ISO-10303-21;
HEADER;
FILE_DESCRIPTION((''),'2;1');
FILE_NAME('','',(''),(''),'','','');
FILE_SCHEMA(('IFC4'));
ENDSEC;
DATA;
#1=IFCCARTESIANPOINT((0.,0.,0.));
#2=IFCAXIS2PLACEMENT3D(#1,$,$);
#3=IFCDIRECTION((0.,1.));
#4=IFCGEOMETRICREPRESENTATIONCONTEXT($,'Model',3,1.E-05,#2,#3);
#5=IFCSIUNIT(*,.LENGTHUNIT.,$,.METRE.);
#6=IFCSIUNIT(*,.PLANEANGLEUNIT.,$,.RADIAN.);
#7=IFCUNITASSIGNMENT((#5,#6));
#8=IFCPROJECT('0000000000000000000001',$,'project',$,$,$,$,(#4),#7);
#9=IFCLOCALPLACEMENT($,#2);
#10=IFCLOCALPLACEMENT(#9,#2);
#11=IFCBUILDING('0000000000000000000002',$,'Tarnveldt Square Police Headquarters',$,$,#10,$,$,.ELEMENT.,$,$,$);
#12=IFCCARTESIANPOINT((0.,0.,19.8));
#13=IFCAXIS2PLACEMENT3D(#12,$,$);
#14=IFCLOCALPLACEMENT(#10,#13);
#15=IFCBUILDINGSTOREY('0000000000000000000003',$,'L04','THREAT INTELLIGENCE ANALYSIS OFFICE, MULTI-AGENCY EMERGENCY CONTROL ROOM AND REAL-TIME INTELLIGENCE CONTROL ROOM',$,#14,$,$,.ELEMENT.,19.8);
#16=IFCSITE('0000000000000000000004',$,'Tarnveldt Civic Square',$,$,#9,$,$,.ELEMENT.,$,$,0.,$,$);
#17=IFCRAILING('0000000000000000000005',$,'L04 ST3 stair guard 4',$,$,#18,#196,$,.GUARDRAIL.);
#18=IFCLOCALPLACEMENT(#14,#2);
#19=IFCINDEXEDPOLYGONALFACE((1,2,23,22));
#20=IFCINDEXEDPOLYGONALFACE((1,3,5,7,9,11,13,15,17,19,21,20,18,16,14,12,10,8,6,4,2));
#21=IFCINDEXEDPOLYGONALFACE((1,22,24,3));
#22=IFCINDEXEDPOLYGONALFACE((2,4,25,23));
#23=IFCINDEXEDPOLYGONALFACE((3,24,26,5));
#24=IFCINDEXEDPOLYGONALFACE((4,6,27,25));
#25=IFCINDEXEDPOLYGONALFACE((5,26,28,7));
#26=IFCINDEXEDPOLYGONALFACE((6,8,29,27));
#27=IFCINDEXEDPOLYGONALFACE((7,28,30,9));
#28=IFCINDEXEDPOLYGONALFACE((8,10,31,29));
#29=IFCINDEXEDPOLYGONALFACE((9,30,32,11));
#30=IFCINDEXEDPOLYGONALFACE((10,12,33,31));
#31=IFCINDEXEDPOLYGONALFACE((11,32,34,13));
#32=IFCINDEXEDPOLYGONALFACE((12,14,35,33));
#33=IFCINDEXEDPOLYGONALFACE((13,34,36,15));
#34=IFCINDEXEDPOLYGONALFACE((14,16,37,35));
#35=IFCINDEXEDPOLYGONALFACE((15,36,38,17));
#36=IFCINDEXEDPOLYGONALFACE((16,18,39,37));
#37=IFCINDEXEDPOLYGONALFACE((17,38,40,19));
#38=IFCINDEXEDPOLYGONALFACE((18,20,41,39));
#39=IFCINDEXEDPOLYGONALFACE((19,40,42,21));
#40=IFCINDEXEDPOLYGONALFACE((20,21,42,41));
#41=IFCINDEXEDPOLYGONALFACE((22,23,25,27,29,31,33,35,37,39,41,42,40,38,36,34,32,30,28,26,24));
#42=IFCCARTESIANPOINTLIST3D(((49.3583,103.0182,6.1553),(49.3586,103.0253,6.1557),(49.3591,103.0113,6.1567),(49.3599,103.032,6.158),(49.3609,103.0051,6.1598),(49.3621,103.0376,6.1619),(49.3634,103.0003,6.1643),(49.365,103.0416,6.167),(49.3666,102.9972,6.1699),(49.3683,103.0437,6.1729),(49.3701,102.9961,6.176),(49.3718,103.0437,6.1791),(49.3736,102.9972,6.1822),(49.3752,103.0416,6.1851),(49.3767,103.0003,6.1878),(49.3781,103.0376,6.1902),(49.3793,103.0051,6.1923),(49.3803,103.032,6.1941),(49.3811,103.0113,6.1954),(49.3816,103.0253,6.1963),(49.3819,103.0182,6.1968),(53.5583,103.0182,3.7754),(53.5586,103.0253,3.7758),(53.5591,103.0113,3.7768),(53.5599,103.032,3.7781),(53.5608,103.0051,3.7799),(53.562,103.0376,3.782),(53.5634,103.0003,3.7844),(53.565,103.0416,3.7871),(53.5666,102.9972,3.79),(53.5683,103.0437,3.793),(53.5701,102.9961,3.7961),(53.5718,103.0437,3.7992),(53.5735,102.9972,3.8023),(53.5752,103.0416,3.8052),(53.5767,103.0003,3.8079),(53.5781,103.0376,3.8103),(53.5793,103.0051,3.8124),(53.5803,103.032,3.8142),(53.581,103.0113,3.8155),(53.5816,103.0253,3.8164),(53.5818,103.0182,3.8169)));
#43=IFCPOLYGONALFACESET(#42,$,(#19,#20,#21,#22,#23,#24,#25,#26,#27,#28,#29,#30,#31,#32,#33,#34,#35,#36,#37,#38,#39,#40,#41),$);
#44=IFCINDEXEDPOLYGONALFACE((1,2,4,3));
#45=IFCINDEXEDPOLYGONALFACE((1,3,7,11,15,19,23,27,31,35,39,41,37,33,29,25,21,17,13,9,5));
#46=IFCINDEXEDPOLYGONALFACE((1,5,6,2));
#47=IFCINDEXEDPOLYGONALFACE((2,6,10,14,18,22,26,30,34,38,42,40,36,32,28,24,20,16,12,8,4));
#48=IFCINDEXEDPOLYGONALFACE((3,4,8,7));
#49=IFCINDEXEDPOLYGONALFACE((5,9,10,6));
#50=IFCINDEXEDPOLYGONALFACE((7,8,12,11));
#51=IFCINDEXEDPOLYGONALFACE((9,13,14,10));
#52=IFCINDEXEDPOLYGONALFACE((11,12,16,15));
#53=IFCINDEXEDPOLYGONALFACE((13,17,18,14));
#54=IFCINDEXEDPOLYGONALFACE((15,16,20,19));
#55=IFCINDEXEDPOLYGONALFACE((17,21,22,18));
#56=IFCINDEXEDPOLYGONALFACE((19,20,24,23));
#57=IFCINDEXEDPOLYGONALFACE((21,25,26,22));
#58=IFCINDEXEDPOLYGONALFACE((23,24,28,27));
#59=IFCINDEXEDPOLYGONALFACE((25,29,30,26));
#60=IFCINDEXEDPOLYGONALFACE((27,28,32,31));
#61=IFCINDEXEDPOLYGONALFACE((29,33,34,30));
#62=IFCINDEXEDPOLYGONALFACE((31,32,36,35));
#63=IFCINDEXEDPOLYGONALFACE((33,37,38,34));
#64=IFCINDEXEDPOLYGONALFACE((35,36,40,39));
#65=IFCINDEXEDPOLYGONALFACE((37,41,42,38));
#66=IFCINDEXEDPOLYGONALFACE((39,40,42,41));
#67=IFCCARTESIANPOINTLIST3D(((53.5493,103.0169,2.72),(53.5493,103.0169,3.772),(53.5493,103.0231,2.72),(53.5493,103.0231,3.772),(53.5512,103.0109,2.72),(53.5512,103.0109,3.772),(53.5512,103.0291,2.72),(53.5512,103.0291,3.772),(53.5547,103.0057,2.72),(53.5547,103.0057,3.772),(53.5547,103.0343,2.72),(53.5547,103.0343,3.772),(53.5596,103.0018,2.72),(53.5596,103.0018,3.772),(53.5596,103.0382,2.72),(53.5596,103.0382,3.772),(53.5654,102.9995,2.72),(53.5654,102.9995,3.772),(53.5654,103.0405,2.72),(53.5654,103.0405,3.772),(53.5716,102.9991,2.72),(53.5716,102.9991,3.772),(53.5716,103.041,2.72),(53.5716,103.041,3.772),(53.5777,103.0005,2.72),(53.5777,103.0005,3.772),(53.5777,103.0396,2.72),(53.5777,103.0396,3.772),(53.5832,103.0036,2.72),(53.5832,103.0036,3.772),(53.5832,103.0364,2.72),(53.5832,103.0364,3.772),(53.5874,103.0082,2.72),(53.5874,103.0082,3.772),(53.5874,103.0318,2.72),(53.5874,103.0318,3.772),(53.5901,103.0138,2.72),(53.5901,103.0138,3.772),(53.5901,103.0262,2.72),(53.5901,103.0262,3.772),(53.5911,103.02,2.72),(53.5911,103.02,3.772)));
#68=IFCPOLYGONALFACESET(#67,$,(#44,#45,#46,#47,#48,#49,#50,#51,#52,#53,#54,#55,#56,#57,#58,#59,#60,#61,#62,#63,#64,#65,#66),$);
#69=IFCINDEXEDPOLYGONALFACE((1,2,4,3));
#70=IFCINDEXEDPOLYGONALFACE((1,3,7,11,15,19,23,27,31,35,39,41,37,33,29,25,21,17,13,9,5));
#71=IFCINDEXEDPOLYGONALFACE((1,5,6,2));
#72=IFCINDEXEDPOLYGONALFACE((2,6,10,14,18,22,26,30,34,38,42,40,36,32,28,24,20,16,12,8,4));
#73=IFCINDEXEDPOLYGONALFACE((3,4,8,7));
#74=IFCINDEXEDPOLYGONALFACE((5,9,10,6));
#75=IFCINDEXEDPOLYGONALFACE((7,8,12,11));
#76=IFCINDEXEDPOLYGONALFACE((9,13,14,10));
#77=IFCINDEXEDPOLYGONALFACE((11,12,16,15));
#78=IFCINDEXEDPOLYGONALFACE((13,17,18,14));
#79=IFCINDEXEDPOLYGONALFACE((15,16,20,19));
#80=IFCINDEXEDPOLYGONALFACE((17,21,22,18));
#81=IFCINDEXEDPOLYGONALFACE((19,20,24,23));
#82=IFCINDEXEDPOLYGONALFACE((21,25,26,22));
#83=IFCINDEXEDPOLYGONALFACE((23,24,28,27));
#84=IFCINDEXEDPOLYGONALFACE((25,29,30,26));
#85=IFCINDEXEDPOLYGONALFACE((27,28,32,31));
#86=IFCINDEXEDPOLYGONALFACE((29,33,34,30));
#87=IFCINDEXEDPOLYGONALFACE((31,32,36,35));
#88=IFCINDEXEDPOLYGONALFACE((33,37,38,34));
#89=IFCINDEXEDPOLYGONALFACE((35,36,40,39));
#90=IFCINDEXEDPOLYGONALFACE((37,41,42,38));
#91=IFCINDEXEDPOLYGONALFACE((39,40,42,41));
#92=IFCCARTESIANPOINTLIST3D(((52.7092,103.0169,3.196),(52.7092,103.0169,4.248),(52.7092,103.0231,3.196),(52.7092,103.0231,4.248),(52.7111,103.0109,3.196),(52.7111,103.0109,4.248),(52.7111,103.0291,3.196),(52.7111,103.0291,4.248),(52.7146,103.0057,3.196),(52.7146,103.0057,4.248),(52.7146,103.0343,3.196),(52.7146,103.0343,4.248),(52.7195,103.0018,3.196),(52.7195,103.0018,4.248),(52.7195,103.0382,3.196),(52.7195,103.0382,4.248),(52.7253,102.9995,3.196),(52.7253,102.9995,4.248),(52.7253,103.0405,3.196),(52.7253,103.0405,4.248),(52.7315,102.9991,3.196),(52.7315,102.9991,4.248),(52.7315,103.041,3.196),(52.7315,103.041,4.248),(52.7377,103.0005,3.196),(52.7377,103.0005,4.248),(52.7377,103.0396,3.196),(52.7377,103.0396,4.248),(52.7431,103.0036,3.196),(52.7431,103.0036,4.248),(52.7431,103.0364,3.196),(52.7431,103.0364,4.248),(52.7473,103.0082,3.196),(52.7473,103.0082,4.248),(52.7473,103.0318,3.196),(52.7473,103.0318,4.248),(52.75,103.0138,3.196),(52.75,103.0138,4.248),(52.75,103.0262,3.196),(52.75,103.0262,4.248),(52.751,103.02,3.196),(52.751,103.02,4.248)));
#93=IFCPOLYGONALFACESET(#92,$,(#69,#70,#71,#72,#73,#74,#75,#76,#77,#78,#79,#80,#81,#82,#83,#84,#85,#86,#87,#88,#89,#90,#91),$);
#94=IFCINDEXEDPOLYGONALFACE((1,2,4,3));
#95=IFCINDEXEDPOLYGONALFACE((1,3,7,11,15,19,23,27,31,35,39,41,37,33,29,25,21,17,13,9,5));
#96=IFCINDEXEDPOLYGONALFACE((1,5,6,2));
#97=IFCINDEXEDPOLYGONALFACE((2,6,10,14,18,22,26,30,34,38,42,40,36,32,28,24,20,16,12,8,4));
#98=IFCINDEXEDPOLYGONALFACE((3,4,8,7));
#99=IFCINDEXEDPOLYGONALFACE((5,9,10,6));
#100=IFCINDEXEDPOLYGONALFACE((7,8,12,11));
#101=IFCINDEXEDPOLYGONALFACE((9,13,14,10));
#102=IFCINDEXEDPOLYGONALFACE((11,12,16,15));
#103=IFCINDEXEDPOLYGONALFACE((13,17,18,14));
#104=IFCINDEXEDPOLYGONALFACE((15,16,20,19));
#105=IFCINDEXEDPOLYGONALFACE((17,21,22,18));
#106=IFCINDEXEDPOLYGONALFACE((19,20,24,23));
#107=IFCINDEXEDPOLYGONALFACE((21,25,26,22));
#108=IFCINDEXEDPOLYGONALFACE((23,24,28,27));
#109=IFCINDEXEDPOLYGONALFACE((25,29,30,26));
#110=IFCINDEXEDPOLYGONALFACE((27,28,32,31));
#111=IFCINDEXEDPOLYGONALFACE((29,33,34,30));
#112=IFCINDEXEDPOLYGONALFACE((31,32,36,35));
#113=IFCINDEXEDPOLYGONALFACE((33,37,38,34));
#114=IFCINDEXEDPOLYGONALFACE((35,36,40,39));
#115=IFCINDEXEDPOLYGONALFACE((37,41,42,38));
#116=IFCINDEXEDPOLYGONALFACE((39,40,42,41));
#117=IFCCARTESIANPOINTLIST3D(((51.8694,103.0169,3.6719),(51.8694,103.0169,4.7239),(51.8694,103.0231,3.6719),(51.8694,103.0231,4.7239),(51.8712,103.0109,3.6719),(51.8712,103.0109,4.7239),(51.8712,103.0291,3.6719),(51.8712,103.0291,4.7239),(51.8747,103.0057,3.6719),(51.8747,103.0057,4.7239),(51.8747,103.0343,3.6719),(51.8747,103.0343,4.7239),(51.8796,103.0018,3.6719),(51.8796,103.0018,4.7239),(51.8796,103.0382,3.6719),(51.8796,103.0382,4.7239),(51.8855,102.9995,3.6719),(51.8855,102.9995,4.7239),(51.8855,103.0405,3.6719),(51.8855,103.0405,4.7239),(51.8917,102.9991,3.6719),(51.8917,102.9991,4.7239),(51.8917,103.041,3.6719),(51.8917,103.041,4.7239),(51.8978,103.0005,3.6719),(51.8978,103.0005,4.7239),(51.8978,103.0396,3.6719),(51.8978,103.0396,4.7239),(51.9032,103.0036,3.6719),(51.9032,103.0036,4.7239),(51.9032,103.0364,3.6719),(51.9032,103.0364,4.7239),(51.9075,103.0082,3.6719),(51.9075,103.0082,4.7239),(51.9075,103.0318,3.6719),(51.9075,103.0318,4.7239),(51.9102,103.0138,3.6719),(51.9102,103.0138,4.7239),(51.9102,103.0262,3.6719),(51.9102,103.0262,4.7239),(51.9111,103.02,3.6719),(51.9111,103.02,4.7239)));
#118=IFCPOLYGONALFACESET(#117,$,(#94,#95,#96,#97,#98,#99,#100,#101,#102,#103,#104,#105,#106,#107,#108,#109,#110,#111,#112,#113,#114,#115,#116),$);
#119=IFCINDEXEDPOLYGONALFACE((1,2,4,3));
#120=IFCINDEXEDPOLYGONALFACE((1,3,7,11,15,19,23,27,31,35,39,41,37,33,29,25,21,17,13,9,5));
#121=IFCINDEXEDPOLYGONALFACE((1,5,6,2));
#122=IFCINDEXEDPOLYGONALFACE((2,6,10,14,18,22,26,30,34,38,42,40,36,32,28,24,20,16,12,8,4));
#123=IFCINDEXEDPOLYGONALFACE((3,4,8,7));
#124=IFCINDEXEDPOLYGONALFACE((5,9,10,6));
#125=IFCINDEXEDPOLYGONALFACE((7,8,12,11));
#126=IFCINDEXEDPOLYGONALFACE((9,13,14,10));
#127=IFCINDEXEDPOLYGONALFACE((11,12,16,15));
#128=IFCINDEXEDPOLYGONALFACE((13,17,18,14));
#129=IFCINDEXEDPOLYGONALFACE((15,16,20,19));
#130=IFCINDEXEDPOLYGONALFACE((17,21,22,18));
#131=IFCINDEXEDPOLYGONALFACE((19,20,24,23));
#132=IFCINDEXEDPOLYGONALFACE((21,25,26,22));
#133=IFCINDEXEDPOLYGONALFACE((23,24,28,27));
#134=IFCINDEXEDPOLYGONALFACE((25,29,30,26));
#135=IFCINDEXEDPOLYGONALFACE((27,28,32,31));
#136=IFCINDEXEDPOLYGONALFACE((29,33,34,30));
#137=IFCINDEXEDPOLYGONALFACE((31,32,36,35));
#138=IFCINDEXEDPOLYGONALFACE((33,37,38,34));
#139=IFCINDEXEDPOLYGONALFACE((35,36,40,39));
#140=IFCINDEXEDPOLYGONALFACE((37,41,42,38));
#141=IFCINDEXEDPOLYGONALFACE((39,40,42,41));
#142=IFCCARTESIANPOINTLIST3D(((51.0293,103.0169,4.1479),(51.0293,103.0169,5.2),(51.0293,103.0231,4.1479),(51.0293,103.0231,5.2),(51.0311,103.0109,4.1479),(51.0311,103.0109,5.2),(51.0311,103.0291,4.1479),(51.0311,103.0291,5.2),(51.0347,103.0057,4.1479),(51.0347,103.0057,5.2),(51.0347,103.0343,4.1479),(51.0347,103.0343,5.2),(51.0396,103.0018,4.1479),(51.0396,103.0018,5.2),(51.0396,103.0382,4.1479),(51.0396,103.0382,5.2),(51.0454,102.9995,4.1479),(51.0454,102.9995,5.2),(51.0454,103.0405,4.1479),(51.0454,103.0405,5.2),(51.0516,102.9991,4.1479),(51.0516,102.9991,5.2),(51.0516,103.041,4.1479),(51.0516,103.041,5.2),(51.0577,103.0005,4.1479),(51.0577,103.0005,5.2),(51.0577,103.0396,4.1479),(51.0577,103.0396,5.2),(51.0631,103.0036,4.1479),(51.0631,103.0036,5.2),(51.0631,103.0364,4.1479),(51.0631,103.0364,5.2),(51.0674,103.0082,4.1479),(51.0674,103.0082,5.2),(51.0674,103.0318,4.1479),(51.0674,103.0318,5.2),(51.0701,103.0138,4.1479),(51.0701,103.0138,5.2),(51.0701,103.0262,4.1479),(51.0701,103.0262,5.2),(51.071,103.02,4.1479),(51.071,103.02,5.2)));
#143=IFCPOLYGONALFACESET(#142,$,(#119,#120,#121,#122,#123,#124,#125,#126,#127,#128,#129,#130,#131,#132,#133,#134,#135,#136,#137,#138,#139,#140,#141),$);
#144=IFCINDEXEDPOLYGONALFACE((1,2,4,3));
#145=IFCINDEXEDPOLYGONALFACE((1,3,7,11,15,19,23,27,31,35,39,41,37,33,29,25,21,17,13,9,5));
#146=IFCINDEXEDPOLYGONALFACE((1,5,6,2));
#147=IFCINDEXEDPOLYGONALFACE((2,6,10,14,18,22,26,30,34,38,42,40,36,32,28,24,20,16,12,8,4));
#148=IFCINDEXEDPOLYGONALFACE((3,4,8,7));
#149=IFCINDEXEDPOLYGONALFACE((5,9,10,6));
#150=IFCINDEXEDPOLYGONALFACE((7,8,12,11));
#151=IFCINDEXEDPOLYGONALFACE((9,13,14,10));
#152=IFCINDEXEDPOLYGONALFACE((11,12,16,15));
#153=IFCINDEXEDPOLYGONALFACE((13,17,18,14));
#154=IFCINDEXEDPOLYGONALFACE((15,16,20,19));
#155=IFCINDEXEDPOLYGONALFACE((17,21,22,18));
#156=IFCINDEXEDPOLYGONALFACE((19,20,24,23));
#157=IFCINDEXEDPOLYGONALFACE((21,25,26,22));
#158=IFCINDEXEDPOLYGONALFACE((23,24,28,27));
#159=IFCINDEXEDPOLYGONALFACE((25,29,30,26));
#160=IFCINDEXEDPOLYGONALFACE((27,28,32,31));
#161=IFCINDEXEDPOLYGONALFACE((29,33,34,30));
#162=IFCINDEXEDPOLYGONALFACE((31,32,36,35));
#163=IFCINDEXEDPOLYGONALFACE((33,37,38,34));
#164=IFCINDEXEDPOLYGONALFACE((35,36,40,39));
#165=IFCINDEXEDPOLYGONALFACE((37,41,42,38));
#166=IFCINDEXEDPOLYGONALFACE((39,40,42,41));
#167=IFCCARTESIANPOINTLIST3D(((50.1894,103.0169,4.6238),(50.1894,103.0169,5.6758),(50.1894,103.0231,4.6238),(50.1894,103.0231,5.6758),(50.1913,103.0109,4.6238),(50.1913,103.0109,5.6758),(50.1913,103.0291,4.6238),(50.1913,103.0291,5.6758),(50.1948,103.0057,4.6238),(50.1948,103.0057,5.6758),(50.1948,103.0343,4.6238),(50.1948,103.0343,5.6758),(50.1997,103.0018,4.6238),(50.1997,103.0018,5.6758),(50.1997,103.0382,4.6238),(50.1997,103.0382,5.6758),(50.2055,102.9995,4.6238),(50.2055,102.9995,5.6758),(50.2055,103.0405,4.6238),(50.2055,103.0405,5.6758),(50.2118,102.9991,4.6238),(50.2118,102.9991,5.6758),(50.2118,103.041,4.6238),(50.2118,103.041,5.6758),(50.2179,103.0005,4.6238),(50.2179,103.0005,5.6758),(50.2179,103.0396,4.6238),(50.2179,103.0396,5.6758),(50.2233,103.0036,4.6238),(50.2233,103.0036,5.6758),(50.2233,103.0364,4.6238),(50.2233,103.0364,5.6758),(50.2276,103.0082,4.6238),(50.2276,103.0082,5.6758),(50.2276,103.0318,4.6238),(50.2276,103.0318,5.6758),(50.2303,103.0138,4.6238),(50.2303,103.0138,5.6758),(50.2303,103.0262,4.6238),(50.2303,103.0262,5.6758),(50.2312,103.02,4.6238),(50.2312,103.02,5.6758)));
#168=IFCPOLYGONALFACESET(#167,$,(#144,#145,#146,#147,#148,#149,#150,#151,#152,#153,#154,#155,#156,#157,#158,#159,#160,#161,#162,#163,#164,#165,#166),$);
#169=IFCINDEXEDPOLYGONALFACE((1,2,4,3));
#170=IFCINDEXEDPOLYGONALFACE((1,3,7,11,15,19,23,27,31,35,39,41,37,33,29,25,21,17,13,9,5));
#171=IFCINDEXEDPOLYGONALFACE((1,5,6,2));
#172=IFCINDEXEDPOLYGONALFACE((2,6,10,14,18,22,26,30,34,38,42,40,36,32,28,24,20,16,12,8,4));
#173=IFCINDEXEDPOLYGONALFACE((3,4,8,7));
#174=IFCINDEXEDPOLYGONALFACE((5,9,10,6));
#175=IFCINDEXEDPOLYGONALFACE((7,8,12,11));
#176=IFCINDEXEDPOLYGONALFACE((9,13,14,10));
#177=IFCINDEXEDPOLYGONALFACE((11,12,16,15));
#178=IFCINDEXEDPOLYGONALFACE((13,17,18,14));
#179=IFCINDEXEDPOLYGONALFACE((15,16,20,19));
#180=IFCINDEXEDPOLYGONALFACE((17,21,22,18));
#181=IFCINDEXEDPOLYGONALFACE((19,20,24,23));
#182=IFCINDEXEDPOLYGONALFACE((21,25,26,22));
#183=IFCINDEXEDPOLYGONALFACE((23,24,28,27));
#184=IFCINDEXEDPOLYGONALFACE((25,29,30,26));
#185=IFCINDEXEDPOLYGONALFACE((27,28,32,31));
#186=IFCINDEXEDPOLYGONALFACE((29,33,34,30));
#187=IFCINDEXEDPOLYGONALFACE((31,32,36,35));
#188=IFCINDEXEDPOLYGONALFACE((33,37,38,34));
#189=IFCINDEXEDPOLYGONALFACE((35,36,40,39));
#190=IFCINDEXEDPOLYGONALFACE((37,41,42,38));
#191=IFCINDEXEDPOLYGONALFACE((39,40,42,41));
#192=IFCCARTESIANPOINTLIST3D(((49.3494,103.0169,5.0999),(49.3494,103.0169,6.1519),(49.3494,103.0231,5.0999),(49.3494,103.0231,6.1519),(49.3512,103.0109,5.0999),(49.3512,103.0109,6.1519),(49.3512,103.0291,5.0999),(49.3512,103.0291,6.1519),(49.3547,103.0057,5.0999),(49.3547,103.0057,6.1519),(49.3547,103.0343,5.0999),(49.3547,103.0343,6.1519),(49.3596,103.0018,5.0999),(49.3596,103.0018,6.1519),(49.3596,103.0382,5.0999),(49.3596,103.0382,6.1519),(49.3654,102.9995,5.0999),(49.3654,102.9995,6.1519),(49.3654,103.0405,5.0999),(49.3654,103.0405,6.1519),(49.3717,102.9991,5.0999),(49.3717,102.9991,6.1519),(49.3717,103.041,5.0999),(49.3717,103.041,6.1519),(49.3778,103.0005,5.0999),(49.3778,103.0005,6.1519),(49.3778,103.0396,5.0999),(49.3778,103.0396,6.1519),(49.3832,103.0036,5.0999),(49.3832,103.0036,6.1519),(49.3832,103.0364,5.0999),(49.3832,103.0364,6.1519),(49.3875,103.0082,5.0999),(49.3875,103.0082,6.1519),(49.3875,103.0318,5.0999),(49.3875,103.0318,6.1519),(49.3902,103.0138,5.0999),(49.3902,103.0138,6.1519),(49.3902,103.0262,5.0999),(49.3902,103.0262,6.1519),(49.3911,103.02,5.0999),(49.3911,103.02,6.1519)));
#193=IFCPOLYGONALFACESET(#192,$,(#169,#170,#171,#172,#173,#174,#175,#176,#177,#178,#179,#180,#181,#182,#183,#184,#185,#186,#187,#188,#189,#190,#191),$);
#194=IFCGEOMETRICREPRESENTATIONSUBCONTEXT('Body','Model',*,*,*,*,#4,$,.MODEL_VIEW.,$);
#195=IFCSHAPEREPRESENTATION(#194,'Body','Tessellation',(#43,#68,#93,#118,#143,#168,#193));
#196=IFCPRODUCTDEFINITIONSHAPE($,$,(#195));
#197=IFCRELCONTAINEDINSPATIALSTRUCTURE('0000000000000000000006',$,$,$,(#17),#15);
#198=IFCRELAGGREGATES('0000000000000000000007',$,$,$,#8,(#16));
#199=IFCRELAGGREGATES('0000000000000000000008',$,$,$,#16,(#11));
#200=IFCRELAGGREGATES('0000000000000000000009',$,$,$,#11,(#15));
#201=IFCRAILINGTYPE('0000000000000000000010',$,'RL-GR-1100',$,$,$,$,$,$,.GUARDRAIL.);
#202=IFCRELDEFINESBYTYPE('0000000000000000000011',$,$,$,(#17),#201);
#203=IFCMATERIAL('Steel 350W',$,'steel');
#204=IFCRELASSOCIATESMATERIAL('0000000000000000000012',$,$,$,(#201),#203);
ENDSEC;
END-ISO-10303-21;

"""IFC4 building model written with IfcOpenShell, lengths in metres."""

from ifc_helpers import new_model, si_unit, direction, frame, origin, origin_2d, place, context, subcontext, project, spatial, circle, extrude, material, type_object, element, save


model = new_model("IFC4")

# Units and contexts
model_context = context("Model", 3, precision=1e-05, world=origin(), true_north=direction((0.0, 1.0)))
body_context = subcontext(model_context, "Body", "Model", "MODEL_VIEW")
ifc_project = project(units=[si_unit("LENGTHUNIT", "METRE"), si_unit("PLANEANGLEUNIT", "RADIAN")], contexts=[model_context])

# Site, building, storey
site_placement = place(None, origin())
site = spatial("IfcSite", under=ifc_project, at=site_placement, Name="Tarnveldt Civic Square", CompositionType="ELEMENT", RefElevation=0.0)
building_placement = place(site_placement, origin())
building = spatial("IfcBuilding", under=site, at=building_placement, Name="Tarnveldt Square Police Headquarters", CompositionType="ELEMENT")
storey_placement = place(building_placement, frame((0.0, 0.0, 19.8)))
storey = spatial("IfcBuildingStorey", under=building, at=storey_placement, Name="L04", Description="THREAT INTELLIGENCE ANALYSIS OFFICE, MULTI-AGENCY EMERGENCY CONTROL ROOM AND REAL-TIME INTELLIGENCE CONTROL ROOM", CompositionType="ELEMENT", Elevation=19.8)

# Shared definitions
ifc_material_1 = material(Name="Steel 350W", Category="steel")

# Railing
railing_type_1 = type_object("IfcRailingType", Name="RL-GR-1100", PredefinedType="GUARDRAIL", material=ifc_material_1)
railing_1_placement = place(storey_placement, frame((53.5701, 103.02, 2.72)))
element("IfcRailing", 1, at=railing_1_placement, inside=storey, type_object=railing_type_1, Name="L04 ST3 stair guard 4", PredefinedType="GUARDRAIL", context=body_context, shape_type="SweptSolid", body=[
    extrude(circle(Radius=0.0239, at=origin_2d()), frame((0.0, 0.0, 1.0762), z_axis=(-0.87003, 0.0, 0.492999), x_axis=(0.0, -1.0, 0.0)), (0.0, 0.0, 1.0), 4.8274),
    extrude(circle(Radius=0.021, at=origin_2d()), origin(), (0.0, 0.0, 1.0), 1.052),
    extrude(circle(Radius=0.021, at=origin_2d()), frame((-0.8401, 0.0, 0.4761)), (0.0, 0.0, 1.0), 1.052),
    extrude(circle(Radius=0.021, at=origin_2d()), frame((-1.6799, 0.0, 0.9519)), (0.0, 0.0, 1.0), 1.052),
    extrude(circle(Radius=0.021, at=origin_2d()), frame((-2.52, 0.0, 1.428)), (0.0, 0.0, 1.0), 1.052),
    extrude(circle(Radius=0.021, at=origin_2d()), frame((-3.3599, 0.0, 1.9038)), (0.0, 0.0, 1.0), 1.052),
    extrude(circle(Radius=0.021, at=origin_2d()), frame((-4.2, 0.0, 2.3799)), (0.0, 0.0, 1.0), 1.052),
])

save(model, "model.ifc")
